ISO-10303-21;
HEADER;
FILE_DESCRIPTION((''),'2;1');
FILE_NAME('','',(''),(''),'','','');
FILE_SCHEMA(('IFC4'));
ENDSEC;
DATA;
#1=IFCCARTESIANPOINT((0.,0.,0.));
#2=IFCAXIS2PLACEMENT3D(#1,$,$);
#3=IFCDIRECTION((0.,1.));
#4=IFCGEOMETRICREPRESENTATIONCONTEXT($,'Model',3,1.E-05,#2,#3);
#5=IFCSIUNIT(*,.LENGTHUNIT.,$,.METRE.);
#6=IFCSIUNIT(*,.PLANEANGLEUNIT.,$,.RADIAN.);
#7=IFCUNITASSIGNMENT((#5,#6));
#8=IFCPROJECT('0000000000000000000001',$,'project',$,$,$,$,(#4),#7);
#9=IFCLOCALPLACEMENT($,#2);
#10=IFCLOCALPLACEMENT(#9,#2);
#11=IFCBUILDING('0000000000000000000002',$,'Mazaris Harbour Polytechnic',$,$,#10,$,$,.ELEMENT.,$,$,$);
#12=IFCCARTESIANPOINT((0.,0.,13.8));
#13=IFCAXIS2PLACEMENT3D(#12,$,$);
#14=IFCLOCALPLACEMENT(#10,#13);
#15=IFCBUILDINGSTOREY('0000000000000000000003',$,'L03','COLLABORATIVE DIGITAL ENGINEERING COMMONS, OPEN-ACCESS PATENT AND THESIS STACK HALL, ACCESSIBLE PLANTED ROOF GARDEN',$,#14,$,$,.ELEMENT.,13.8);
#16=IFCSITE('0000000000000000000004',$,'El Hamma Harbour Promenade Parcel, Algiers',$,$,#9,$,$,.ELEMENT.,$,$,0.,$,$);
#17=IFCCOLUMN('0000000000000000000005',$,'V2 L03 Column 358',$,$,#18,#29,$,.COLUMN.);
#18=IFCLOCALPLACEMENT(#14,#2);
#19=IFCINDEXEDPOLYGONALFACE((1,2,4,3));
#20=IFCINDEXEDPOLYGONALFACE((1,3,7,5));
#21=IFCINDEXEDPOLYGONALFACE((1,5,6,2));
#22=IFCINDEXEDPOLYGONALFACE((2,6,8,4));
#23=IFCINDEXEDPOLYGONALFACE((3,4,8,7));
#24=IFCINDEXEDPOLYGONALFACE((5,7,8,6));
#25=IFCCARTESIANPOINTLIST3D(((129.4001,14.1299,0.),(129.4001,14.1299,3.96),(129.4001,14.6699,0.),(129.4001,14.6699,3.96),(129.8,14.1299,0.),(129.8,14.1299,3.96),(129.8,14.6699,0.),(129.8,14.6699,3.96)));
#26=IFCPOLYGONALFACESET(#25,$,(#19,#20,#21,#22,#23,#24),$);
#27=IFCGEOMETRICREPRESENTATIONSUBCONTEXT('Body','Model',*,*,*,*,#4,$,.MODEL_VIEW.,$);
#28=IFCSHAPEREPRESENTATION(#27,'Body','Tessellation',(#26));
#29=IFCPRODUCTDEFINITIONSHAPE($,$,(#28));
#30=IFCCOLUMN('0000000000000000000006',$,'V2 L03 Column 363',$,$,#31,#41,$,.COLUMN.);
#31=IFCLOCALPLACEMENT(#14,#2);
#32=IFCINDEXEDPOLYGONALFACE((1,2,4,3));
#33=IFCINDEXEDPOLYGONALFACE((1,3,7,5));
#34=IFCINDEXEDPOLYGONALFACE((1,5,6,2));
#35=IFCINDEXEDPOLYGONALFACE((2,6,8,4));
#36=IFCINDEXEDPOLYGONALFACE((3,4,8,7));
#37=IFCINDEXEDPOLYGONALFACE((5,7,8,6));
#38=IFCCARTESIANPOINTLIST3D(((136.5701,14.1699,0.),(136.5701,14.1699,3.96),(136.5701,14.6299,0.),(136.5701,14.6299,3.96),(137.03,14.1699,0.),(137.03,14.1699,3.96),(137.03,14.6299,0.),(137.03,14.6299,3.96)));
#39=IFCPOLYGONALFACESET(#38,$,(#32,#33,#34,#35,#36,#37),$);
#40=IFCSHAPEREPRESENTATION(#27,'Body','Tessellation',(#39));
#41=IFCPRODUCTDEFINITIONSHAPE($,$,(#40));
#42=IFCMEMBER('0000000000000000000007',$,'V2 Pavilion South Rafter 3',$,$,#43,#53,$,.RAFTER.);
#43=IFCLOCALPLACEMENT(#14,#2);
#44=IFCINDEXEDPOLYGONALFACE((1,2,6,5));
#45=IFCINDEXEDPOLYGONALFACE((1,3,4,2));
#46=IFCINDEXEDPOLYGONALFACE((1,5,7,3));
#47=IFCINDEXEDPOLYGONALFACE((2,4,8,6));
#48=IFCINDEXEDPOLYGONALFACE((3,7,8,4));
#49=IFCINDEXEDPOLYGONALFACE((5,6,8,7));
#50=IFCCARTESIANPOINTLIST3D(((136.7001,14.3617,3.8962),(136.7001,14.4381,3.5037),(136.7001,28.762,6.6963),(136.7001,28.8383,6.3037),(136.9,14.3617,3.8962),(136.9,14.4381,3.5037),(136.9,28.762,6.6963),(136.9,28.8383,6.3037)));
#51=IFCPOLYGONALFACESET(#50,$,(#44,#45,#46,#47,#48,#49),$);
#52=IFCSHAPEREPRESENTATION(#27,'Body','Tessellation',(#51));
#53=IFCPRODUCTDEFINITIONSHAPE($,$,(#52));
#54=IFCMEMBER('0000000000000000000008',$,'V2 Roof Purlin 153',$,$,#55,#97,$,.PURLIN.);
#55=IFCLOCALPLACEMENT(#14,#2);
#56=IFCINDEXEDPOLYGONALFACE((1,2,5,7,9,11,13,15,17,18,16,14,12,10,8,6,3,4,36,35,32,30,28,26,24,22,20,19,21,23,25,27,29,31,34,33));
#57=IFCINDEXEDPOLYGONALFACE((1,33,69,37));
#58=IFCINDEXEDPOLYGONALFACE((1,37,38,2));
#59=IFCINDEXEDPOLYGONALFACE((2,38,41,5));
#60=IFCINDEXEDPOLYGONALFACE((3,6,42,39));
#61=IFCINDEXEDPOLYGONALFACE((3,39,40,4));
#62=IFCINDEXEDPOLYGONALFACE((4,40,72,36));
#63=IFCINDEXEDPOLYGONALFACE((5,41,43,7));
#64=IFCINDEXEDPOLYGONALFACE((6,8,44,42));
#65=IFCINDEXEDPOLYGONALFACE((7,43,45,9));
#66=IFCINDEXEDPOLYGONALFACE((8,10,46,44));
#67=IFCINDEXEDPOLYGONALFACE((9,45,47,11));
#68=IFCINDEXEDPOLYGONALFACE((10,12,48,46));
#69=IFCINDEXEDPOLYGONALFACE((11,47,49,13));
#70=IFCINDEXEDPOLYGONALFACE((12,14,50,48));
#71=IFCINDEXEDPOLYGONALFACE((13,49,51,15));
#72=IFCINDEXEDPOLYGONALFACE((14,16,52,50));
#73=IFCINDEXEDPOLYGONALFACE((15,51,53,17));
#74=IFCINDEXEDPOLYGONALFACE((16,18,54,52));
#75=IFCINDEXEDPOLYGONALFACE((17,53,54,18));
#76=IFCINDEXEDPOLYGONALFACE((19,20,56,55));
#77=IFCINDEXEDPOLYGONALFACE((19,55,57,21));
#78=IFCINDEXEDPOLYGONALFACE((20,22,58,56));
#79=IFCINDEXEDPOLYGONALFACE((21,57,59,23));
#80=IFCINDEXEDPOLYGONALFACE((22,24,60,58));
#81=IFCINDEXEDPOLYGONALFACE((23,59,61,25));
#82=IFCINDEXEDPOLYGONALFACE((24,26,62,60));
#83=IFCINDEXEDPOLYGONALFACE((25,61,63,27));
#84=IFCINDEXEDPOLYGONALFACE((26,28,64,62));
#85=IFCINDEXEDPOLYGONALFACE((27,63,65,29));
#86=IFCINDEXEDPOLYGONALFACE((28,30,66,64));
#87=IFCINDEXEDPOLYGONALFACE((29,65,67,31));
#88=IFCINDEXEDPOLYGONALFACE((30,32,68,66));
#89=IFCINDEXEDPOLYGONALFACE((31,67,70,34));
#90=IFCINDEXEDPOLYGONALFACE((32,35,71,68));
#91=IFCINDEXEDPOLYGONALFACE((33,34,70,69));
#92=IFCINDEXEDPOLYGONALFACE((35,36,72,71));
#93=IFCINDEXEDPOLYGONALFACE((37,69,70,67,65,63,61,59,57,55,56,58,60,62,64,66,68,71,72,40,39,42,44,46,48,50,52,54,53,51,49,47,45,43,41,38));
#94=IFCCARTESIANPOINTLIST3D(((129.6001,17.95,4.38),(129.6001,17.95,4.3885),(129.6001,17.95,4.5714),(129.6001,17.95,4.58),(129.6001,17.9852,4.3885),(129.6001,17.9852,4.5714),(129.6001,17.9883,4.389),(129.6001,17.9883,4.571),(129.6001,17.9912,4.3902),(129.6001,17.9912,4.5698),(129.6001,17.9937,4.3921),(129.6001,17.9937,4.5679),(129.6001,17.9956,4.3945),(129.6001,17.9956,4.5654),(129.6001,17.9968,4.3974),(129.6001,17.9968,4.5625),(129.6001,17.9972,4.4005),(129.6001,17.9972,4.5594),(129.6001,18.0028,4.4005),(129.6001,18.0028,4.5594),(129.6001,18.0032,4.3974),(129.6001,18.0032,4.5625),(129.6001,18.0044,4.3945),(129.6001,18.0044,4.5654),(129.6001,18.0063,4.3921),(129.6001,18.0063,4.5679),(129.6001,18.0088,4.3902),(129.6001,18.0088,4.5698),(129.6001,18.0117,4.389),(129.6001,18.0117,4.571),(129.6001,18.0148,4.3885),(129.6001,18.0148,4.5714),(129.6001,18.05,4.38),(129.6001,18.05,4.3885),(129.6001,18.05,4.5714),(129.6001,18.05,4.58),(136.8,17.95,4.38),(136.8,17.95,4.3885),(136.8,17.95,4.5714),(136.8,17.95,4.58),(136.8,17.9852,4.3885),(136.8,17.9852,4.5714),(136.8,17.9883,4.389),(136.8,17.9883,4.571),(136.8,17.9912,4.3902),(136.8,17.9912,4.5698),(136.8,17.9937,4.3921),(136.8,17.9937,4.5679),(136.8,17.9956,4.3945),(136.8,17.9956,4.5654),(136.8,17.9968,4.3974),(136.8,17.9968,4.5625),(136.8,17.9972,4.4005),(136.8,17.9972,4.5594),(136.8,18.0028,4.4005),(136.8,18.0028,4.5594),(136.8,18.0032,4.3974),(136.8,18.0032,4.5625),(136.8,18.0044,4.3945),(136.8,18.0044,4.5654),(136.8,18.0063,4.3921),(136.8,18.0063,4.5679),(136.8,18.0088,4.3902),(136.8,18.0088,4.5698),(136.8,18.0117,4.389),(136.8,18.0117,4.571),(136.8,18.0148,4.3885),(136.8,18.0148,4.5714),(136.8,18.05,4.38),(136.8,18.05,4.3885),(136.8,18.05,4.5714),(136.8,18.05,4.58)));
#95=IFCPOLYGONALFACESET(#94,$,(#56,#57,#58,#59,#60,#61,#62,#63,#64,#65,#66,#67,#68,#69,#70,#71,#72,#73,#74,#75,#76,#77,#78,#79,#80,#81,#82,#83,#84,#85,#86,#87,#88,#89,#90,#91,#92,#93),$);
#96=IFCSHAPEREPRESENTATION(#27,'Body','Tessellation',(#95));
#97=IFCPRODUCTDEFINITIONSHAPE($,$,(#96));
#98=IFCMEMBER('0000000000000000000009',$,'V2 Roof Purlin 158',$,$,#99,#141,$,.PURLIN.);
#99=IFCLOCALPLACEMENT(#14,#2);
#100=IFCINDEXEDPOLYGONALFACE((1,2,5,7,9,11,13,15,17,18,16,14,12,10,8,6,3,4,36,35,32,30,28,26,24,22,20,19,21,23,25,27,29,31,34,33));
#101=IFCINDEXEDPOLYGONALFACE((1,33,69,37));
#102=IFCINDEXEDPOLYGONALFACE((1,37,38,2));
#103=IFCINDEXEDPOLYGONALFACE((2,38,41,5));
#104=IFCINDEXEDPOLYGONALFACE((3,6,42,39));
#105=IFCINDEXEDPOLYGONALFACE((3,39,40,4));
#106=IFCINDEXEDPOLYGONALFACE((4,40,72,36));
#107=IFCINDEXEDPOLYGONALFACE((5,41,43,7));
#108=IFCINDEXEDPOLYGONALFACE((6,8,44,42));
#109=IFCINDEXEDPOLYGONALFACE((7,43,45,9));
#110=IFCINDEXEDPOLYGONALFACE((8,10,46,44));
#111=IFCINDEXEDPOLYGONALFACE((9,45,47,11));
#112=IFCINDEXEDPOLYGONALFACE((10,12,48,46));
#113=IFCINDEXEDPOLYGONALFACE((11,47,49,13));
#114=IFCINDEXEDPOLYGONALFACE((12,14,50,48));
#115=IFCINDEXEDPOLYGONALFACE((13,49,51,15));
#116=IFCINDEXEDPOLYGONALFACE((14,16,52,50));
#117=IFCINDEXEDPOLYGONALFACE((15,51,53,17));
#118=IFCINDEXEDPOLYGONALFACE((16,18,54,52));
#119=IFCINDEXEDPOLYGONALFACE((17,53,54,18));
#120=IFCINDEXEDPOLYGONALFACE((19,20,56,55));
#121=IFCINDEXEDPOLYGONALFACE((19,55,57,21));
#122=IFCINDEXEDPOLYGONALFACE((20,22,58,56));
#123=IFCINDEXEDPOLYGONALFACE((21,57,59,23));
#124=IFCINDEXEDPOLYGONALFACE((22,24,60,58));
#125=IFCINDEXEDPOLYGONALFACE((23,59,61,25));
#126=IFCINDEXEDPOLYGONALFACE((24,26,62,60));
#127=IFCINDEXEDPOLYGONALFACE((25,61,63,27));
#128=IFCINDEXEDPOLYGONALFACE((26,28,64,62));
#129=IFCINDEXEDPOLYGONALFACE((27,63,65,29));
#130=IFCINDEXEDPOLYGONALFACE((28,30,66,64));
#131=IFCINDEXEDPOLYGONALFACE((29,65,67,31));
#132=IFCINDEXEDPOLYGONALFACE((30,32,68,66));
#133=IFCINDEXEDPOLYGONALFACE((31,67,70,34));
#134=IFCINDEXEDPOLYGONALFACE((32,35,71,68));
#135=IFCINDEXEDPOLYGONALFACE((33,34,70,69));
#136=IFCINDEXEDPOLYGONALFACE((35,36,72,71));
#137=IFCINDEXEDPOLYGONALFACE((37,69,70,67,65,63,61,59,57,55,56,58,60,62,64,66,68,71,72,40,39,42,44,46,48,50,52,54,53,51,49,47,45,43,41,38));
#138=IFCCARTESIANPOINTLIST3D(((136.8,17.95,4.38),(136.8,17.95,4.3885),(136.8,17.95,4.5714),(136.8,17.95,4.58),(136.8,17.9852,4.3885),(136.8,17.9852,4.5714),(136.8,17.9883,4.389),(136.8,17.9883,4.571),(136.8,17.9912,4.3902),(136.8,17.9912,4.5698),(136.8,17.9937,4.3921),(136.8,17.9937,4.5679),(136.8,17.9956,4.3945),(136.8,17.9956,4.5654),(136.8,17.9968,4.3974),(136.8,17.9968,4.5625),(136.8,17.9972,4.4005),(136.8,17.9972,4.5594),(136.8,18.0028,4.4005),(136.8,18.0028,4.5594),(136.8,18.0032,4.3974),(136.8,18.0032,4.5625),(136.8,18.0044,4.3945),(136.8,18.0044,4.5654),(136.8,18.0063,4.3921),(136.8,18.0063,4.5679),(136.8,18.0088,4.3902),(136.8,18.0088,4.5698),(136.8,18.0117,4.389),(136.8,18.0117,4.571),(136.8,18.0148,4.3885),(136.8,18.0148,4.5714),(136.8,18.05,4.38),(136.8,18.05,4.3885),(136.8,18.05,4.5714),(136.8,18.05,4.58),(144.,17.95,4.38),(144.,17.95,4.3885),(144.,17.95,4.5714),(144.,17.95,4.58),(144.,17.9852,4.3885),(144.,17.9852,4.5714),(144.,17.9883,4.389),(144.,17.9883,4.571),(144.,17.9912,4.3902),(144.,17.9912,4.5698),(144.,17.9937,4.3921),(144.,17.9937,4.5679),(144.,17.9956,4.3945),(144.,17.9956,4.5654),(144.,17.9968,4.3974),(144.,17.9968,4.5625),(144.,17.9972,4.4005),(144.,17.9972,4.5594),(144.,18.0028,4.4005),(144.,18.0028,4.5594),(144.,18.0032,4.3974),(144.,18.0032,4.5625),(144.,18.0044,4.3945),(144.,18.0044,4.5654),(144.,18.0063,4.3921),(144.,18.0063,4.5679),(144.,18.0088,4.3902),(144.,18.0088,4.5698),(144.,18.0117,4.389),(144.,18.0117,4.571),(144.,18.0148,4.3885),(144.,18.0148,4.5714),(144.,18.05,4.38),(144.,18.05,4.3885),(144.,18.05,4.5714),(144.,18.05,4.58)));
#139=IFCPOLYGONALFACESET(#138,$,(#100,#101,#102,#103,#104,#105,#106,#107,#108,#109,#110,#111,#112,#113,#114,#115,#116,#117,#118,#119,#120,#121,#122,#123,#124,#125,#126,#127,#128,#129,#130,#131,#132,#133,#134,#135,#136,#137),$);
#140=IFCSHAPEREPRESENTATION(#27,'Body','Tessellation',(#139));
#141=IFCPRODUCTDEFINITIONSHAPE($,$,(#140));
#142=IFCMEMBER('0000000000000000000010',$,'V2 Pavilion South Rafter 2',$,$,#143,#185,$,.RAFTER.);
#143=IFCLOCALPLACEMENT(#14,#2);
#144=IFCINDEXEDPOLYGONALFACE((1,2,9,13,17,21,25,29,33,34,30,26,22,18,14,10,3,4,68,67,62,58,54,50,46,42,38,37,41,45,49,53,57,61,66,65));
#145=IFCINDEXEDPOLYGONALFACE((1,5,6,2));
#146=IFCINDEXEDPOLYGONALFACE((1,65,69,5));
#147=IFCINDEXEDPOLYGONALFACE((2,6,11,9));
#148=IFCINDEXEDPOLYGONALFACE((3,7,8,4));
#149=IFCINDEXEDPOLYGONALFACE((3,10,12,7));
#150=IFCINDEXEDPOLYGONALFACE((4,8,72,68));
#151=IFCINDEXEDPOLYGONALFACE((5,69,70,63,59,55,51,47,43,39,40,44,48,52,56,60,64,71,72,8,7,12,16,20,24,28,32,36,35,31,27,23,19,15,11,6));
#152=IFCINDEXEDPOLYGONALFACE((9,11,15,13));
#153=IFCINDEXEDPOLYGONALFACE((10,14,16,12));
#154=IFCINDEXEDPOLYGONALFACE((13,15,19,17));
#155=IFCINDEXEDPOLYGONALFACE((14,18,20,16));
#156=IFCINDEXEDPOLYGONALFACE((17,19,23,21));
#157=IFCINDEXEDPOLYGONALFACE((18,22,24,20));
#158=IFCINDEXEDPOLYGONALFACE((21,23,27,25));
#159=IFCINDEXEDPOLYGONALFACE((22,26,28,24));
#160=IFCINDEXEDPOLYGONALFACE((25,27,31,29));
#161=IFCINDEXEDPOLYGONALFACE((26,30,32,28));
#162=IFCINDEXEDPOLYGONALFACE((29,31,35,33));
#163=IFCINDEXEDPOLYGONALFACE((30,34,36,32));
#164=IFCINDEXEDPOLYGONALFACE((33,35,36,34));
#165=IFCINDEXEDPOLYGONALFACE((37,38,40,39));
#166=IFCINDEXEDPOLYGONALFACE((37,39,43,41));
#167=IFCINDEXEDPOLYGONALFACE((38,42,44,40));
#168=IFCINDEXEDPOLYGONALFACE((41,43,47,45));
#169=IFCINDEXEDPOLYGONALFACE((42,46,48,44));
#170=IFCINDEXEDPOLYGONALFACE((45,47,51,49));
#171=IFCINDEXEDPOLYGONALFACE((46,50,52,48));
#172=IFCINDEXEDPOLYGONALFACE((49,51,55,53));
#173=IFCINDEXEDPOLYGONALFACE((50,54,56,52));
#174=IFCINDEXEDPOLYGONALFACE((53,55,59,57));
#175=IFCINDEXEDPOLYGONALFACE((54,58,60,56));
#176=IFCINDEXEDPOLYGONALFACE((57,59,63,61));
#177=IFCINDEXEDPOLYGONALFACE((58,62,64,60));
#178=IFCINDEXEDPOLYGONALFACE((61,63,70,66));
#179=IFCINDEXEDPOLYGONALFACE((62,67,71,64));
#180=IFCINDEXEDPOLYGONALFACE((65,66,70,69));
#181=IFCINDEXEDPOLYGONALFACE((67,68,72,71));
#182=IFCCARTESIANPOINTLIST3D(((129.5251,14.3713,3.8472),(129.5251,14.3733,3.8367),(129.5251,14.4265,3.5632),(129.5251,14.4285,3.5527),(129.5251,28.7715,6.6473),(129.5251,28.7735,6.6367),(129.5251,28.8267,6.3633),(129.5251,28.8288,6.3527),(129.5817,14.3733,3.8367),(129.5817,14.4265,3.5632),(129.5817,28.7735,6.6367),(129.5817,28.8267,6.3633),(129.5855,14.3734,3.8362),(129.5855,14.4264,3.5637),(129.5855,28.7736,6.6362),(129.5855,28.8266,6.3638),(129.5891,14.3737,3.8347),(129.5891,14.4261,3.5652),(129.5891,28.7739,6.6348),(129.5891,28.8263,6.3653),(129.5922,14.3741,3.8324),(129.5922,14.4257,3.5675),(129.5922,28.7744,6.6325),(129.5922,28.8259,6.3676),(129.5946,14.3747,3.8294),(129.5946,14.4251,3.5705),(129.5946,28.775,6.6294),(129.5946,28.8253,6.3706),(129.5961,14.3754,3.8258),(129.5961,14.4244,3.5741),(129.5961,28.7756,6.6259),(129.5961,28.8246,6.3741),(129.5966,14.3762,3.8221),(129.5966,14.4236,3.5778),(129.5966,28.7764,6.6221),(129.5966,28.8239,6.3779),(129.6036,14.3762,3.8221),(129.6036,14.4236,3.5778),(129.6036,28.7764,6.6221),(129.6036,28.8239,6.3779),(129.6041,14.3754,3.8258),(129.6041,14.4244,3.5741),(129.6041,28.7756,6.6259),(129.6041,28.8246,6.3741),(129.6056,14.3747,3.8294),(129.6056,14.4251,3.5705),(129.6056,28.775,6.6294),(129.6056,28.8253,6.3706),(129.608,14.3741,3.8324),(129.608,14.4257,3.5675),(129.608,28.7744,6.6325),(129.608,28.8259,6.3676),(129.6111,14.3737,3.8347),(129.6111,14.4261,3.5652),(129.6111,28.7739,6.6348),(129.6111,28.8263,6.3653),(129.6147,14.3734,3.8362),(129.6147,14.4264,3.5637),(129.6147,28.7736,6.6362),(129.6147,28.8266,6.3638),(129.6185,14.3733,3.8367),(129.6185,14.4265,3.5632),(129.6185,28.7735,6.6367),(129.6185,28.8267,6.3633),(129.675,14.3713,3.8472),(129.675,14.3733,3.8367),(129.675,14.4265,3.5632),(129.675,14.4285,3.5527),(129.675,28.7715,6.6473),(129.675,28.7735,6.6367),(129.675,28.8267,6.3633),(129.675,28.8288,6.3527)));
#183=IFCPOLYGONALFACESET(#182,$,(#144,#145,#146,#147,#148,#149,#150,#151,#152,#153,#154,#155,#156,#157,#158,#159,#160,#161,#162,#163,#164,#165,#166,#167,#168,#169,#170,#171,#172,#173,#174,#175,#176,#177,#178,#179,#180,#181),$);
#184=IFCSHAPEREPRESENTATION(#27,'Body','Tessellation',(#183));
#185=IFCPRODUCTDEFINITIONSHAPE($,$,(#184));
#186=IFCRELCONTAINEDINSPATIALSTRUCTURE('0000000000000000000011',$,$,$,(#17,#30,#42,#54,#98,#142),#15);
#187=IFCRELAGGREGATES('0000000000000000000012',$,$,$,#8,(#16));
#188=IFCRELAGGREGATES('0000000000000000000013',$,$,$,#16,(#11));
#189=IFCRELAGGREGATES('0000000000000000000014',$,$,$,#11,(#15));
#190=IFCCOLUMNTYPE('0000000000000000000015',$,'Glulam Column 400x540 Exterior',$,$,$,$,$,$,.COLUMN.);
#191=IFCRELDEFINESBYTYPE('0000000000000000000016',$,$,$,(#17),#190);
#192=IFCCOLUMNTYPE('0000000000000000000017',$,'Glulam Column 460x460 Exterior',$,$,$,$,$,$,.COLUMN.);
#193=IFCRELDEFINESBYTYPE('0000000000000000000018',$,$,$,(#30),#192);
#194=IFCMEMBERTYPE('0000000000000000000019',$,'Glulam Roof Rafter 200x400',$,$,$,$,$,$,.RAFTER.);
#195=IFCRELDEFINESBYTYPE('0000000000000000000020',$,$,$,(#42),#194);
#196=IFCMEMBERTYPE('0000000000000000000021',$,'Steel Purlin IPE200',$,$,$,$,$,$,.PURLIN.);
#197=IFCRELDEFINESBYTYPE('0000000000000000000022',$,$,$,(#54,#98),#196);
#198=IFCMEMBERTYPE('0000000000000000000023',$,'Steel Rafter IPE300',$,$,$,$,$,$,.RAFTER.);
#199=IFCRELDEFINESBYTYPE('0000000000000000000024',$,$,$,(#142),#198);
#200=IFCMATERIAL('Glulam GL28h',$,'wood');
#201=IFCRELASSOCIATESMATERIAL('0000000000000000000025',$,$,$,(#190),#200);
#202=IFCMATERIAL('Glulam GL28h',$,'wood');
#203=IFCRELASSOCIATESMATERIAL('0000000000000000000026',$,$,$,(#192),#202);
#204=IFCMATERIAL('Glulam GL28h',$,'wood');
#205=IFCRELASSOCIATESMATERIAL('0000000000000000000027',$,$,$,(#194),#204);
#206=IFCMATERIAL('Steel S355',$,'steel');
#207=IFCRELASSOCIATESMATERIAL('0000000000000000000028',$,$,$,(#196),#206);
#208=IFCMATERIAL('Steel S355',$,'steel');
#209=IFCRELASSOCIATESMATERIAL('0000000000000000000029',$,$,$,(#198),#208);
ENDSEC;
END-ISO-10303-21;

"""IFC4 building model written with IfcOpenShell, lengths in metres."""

from ifc_helpers import new_model, si_unit, direction, frame, origin, origin_2d, place, context, subcontext, project, spatial, rectangle, i_section, extrude, material, material_profile, profile_set, type_object, element, save


model = new_model("IFC4")

# Units and contexts
model_context = context("Model", 3, precision=1e-05, world=origin(), true_north=direction((0.0, 1.0)))
body_context = subcontext(model_context, "Body", "Model", "MODEL_VIEW")
ifc_project = project(units=[si_unit("LENGTHUNIT", "METRE"), si_unit("PLANEANGLEUNIT", "RADIAN")], contexts=[model_context])

# Site, building, storey
site_placement = place(None, origin())
site = spatial("IfcSite", under=ifc_project, at=site_placement, Name="El Hamma Harbour Promenade Parcel, Algiers", CompositionType="ELEMENT", RefElevation=0.0)
building_placement = place(site_placement, origin())
building = spatial("IfcBuilding", under=site, at=building_placement, Name="Mazaris Harbour Polytechnic", CompositionType="ELEMENT")
storey_placement = place(building_placement, frame((0.0, 0.0, 13.8)))
storey = spatial("IfcBuildingStorey", under=building, at=storey_placement, Name="L03", Description="COLLABORATIVE DIGITAL ENGINEERING COMMONS, OPEN-ACCESS PATENT AND THESIS STACK HALL, ACCESSIBLE PLANTED ROOF GARDEN", CompositionType="ELEMENT", Elevation=13.8)

# Columns
ifc_material_1 = material(Name="Glulam GL28h", Category="wood")
ifc_material_profile_1 = material_profile(ifc_material_1, rectangle(XDim=0.3999, YDim=0.54, at=origin_2d()), Name="RECT400x540")
ifc_profile_set_1 = profile_set([ifc_material_profile_1], Name="Glulam GL28h")
column_type_1 = type_object("IfcColumnType", Name="Glulam Column 400x540 Exterior", PredefinedType="COLUMN", material=ifc_profile_set_1)
column_1_placement = place(storey_placement, frame((129.6001, 14.3999, 0.0), z_axis=(0.0, 0.0, 1.0), x_axis=(1.0, 0.0, 0.0)))
element("IfcColumn", 1, at=column_1_placement, inside=storey, type_object=column_type_1, Name="V2 L03 Column 358", PredefinedType="COLUMN", context=body_context, shape_type="SweptSolid", body=[
    extrude(rectangle(XDim=0.3999, YDim=0.54, at=origin_2d()), origin(), (0.0, 0.0, 1.0), 3.96),
])
ifc_material_2 = material(Name="Glulam GL28h", Category="wood")
ifc_material_profile_2 = material_profile(ifc_material_2, rectangle(XDim=0.46, YDim=0.46, at=origin_2d()), Name="RECT460x460")
ifc_profile_set_2 = profile_set([ifc_material_profile_2], Name="Glulam GL28h")
column_type_2 = type_object("IfcColumnType", Name="Glulam Column 460x460 Exterior", PredefinedType="COLUMN", material=ifc_profile_set_2)
column_2_placement = place(storey_placement, frame((136.8, 14.3999, 0.0), z_axis=(0.0, 0.0, 1.0), x_axis=(1.0, 0.0, 0.0)))
element("IfcColumn", 2, at=column_2_placement, inside=storey, type_object=column_type_2, Name="V2 L03 Column 363", PredefinedType="COLUMN", context=body_context, shape_type="SweptSolid", body=[
    extrude(rectangle(XDim=0.46, YDim=0.46, at=origin_2d()), origin(), (0.0, 0.0, 1.0), 3.96),
])

# Members
ifc_material_3 = material(Name="Glulam GL28h", Category="wood")
ifc_material_profile_3 = material_profile(ifc_material_3, rectangle(XDim=0.2, YDim=0.3999, at=origin_2d()), Name="RECT200x400")
ifc_profile_set_3 = profile_set([ifc_material_profile_3], Name="Glulam GL28h")
member_type_1 = type_object("IfcMemberType", Name="Glulam Roof Rafter 200x400", PredefinedType="RAFTER", material=ifc_profile_set_3)
member_1_placement = place(storey_placement, frame((136.8, 14.3999, 3.7), z_axis=(0.0, 0.981615, 0.190871), x_axis=(-1.0, 0.0, 0.0)))
element("IfcMember", 3, at=member_1_placement, inside=storey, type_object=member_type_1, Name="V2 Pavilion South Rafter 3", PredefinedType="RAFTER", context=body_context, shape_type="SweptSolid", body=[
    extrude(rectangle(XDim=0.2, YDim=0.3999, at=origin_2d()), origin(), (0.0, 0.0, 1.0), 14.6699),
])
ifc_material_4 = material(Name="Steel S355", Category="steel")
ifc_material_profile_4 = material_profile(ifc_material_4, i_section(OverallWidth=0.1001, OverallDepth=0.2, WebThickness=0.0056, FlangeThickness=0.0085, FilletRadius=0.012, at=origin_2d()), Name="IPE 200")
ifc_profile_set_4 = profile_set([ifc_material_profile_4], Name="Steel S355")
member_type_2 = type_object("IfcMemberType", Name="Steel Purlin IPE200", PredefinedType="PURLIN", material=ifc_profile_set_4)
for number, where, z_axis, x_axis, name in (
    (4, (129.6001, 18.0, 4.48), (1.0, 0.0, 0.0), (0.0, 1.0, 0.0), "V2 Roof Purlin 153"),
    (5, (136.8, 18.0, 4.48), (1.0, 0.0, 0.0), (0.0, 1.0, 0.0), "V2 Roof Purlin 158"),
):
    element("IfcMember", number, at=place(storey_placement, frame(where, z_axis=z_axis, x_axis=x_axis)), inside=storey, type_object=member_type_2, Name=name, PredefinedType="PURLIN", context=body_context, shape_type="SweptSolid", body=[
        extrude(i_section(OverallWidth=0.1001, OverallDepth=0.2, WebThickness=0.0056, FlangeThickness=0.0085, FilletRadius=0.012, at=origin_2d()), origin(), (0.0, 0.0, 1.0), 7.2),
    ])
ifc_material_5 = material(Name="Steel S355", Category="steel")
ifc_material_profile_5 = material_profile(ifc_material_5, i_section(OverallWidth=0.1499, OverallDepth=0.3, WebThickness=0.0071, FlangeThickness=0.0107, FilletRadius=0.0149, at=origin_2d()), Name="IPE 300")
ifc_profile_set_5 = profile_set([ifc_material_profile_5], Name="Steel S355")
member_type_3 = type_object("IfcMemberType", Name="Steel Rafter IPE300", PredefinedType="RAFTER", material=ifc_profile_set_5)
member_2_placement = place(storey_placement, frame((129.6001, 14.3999, 3.7), z_axis=(0.0, 0.981615, 0.190871), x_axis=(-1.0, 0.0, 0.0)))
element("IfcMember", 6, at=member_2_placement, inside=storey, type_object=member_type_3, Name="V2 Pavilion South Rafter 2", PredefinedType="RAFTER", context=body_context, shape_type="SweptSolid", body=[
    extrude(i_section(OverallWidth=0.1499, OverallDepth=0.3, WebThickness=0.0071, FlangeThickness=0.0107, FilletRadius=0.0149, at=origin_2d()), origin(), (0.0, 0.0, 1.0), 14.6699),
])

save(model, "model.ifc")
